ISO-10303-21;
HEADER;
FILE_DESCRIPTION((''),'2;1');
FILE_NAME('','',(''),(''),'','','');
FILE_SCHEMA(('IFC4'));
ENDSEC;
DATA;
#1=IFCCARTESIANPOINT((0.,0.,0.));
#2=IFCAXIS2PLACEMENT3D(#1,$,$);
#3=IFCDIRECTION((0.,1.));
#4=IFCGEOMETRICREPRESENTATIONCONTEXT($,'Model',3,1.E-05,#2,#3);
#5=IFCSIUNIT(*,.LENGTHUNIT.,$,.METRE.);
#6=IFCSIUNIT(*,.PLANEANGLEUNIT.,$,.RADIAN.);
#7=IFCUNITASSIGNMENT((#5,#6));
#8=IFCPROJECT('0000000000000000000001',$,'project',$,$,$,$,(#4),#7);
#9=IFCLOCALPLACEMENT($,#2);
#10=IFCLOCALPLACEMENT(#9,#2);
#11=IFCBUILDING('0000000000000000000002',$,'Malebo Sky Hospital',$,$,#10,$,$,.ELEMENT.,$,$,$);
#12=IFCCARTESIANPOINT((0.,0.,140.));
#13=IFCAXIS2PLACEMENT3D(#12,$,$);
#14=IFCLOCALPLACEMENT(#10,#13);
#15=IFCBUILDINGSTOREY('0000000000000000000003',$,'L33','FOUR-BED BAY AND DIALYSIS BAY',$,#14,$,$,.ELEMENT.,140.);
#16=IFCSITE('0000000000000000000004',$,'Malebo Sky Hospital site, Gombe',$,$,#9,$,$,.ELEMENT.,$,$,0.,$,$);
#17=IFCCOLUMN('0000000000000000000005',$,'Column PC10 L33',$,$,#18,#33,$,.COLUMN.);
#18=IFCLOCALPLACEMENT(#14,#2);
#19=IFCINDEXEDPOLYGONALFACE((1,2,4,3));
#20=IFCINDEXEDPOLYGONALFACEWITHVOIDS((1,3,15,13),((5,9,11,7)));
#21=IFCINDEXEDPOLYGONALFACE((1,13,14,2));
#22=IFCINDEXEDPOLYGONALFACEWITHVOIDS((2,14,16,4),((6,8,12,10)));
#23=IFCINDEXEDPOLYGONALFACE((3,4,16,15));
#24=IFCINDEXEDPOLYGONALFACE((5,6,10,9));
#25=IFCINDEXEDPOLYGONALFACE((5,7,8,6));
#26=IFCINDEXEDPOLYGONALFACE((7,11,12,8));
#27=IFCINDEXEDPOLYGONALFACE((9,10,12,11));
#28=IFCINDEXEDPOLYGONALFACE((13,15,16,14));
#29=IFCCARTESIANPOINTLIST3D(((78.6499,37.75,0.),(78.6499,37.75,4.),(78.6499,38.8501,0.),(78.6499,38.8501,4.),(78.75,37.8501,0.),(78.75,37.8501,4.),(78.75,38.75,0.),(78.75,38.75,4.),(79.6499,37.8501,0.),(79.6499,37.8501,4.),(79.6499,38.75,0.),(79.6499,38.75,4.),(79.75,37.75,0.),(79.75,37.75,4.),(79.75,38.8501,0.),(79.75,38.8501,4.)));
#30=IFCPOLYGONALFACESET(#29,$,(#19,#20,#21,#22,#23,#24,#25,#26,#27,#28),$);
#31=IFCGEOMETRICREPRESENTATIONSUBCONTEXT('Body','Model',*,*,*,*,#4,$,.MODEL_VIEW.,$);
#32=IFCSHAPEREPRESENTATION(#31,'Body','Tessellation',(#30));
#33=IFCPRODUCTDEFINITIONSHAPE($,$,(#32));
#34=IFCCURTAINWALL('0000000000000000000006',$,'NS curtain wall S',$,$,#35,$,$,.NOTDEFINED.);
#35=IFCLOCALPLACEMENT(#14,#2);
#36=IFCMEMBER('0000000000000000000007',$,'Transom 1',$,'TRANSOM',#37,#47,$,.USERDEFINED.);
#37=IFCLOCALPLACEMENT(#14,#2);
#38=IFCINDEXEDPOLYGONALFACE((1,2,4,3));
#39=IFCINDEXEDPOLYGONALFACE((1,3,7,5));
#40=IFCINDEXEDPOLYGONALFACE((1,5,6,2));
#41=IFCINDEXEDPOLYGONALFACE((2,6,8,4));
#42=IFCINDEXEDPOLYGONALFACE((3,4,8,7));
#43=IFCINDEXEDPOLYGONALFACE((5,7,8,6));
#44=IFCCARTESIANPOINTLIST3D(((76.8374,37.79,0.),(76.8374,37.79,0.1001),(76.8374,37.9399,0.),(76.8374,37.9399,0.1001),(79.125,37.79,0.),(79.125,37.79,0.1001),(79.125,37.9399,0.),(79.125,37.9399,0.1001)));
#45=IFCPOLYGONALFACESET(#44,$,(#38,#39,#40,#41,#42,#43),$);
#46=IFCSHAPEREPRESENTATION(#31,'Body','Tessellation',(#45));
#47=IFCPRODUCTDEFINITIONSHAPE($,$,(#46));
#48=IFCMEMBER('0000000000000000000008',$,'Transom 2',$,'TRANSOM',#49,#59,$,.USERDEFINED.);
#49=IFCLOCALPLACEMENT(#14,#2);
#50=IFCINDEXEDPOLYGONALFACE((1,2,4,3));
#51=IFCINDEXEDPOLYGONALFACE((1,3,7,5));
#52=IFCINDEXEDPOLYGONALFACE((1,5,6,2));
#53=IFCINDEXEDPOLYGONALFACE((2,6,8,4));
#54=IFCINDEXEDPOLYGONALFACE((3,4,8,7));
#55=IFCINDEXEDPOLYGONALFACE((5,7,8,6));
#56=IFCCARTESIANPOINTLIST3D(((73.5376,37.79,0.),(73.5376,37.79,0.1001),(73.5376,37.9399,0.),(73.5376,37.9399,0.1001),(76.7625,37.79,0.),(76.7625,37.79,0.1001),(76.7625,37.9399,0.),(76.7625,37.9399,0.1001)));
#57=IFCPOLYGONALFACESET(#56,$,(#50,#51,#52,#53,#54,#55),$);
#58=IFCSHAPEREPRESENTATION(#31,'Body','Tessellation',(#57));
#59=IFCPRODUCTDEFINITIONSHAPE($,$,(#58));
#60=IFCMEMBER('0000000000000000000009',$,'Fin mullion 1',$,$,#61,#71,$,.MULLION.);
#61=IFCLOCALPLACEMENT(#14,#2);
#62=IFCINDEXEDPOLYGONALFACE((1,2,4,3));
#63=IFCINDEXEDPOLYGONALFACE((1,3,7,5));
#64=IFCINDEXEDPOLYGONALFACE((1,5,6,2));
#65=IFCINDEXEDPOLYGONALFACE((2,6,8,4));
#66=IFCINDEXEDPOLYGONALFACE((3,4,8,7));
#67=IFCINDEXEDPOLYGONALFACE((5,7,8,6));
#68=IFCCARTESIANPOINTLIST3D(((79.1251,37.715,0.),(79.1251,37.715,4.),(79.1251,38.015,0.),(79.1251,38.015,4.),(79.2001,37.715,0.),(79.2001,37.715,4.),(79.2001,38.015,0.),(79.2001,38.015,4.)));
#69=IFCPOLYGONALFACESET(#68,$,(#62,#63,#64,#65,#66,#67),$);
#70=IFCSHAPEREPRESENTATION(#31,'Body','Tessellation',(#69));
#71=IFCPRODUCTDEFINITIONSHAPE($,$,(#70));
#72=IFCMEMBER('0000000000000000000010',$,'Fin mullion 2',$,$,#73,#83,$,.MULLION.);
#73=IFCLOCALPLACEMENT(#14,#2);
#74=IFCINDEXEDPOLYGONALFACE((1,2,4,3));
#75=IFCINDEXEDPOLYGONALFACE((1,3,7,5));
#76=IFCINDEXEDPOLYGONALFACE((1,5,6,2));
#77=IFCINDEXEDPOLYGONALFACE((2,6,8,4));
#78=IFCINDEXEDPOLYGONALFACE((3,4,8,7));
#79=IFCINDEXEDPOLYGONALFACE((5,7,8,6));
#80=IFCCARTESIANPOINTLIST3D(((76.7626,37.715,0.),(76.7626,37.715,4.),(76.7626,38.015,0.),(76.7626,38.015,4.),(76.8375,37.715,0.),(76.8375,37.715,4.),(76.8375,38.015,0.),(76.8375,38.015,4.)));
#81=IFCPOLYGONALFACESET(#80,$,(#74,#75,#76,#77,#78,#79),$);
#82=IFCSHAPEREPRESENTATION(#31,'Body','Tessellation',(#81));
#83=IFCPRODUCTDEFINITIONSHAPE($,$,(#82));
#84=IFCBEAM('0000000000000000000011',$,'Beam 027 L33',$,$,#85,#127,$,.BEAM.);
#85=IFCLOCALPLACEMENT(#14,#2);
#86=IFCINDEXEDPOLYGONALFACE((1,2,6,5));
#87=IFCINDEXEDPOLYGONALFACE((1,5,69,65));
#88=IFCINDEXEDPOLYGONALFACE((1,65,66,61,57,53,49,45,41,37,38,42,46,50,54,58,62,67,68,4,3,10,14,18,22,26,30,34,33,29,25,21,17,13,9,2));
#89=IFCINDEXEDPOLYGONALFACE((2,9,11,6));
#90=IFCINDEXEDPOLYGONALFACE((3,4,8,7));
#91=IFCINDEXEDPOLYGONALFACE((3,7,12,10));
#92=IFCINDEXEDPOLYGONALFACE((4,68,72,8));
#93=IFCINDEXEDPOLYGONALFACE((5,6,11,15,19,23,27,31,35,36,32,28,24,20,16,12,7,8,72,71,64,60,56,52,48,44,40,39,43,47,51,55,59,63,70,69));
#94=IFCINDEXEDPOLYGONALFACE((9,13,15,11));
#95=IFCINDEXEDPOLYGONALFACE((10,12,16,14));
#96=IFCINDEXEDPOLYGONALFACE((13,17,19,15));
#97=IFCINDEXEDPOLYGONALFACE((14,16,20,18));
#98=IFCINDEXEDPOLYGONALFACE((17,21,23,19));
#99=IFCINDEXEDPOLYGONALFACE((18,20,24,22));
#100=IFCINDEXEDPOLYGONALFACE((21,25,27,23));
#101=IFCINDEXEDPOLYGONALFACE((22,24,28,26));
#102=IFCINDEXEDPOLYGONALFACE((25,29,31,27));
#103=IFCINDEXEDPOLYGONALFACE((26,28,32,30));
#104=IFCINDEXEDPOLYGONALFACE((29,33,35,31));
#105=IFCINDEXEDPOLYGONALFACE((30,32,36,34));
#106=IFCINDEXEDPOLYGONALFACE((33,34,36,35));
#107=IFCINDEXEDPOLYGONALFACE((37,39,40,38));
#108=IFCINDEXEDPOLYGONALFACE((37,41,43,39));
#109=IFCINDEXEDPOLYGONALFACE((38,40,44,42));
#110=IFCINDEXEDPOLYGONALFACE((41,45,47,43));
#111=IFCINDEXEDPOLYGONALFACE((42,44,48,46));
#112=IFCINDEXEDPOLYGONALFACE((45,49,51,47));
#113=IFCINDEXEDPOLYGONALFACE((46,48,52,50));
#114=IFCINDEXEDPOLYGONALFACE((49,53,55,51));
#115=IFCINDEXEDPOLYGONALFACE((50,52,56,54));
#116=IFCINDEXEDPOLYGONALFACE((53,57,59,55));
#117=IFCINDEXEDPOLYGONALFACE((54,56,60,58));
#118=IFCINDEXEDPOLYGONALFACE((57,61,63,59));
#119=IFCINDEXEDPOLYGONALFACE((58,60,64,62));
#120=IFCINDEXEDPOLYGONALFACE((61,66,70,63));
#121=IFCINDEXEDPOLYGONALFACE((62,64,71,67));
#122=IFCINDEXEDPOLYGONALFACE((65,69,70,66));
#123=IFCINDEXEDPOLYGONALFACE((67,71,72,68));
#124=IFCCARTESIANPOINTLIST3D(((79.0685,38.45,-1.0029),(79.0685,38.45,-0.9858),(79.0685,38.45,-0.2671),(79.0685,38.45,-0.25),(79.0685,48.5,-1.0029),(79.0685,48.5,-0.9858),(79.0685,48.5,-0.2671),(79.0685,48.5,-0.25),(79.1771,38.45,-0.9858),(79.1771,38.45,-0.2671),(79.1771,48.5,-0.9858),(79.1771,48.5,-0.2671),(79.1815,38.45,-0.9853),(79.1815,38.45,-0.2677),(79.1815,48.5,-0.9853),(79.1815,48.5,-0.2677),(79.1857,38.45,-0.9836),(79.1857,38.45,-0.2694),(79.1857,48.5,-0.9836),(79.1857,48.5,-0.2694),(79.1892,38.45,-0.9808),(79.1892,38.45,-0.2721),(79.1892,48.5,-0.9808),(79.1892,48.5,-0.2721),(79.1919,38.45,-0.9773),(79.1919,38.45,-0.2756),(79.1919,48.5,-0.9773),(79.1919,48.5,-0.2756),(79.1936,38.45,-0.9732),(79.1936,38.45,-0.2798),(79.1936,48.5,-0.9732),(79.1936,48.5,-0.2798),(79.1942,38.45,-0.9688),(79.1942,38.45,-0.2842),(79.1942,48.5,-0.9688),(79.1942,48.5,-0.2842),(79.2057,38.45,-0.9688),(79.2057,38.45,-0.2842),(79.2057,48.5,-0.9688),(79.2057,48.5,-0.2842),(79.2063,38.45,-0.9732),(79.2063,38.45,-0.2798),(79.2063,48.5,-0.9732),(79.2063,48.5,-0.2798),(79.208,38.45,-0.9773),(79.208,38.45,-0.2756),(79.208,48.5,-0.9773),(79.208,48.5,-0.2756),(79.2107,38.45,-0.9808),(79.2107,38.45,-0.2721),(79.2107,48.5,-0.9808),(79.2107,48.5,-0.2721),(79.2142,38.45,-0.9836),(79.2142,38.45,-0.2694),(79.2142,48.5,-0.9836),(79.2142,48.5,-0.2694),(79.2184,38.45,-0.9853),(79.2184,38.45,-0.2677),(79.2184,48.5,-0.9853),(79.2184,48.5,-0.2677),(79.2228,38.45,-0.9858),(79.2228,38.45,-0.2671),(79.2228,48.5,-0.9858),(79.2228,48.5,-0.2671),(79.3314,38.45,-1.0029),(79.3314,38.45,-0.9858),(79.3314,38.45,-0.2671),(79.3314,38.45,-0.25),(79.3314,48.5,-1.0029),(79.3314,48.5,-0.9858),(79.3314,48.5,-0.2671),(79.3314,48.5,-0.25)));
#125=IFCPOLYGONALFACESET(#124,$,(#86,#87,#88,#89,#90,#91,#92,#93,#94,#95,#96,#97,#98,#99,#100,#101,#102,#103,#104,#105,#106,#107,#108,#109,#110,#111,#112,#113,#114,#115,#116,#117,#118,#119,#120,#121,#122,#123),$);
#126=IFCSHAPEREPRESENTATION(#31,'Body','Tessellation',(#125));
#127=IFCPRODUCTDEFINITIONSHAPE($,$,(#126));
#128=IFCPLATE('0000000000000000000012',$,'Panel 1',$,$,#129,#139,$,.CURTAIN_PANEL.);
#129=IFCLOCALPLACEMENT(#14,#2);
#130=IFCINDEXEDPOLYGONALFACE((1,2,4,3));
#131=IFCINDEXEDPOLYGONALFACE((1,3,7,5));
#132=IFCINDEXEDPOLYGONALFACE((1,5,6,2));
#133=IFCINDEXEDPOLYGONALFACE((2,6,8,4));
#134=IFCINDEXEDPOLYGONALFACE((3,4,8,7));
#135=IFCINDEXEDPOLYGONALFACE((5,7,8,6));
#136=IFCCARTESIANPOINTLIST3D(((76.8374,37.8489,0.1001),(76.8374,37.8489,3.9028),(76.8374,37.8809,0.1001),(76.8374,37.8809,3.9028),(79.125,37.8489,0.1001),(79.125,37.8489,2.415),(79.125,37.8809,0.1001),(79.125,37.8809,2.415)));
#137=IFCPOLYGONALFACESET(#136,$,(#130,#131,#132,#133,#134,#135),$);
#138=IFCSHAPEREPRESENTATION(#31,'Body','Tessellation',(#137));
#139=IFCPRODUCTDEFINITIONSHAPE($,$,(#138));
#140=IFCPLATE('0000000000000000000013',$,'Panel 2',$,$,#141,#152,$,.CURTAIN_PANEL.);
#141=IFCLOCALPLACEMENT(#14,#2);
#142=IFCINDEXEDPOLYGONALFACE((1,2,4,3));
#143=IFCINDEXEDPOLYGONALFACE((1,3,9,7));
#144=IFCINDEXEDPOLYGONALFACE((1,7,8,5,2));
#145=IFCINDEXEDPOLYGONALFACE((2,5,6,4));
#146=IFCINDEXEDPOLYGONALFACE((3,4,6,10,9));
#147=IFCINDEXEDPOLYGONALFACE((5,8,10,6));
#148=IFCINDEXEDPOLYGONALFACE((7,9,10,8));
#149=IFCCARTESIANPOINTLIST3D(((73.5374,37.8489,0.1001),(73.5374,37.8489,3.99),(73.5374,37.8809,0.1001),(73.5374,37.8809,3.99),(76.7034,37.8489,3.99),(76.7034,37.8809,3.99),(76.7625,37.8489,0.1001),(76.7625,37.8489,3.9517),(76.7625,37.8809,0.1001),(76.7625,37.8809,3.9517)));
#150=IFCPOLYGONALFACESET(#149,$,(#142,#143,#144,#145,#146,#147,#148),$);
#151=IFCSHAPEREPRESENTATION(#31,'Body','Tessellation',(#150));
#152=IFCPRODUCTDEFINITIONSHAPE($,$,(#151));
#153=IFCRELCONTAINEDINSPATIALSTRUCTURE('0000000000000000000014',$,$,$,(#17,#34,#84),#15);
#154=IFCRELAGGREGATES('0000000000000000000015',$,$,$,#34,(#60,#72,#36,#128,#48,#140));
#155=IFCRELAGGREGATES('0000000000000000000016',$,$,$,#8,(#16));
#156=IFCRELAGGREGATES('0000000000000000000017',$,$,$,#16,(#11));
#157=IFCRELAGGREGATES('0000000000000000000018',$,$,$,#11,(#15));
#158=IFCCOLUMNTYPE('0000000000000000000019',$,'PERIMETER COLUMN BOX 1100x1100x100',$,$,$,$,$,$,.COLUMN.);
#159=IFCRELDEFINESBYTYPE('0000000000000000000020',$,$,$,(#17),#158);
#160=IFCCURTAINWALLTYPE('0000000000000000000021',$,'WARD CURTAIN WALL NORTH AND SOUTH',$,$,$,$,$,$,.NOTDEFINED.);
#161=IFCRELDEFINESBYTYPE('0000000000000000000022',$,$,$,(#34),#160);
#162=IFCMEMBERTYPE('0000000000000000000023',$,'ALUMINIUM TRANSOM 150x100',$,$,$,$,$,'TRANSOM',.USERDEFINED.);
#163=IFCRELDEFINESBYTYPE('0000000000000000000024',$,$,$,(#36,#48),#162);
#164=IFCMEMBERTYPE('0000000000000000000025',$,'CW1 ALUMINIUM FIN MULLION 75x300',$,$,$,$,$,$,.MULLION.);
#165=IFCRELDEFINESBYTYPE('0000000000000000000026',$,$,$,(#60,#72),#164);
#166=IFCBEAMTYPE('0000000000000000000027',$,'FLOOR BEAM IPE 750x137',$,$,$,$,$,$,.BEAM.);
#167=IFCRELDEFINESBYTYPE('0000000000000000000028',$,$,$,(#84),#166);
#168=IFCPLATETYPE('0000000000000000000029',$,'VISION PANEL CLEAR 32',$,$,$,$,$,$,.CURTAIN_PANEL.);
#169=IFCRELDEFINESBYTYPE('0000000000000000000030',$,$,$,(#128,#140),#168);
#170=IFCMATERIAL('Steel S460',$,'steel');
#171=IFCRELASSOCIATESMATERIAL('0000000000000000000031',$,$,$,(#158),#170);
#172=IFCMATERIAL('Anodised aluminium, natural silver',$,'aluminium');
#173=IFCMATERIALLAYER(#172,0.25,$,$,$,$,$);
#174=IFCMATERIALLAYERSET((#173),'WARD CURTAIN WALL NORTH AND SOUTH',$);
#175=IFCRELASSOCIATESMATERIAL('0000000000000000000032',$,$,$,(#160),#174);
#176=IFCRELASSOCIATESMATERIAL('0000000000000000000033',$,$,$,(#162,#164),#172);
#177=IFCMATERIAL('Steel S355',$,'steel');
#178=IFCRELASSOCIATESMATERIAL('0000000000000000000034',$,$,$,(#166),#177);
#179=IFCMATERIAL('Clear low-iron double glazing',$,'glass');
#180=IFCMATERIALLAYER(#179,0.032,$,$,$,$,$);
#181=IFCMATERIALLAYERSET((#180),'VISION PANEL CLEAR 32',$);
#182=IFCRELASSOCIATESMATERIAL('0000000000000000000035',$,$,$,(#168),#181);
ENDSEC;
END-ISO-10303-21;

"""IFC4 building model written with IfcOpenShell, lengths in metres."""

from ifc_helpers import new_model, si_unit, direction, frame, origin, origin_2d, place, context, subcontext, project, spatial, polyline, rectangle, hollow_rectangle, i_section, outline, extrude, material, layer, layer_set, material_profile, profile_set, type_object, element, aggregate, save


model = new_model("IFC4")

# Units and contexts
model_context = context("Model", 3, precision=1e-05, world=origin(), true_north=direction((0.0, 1.0)))
body_context = subcontext(model_context, "Body", "Model", "MODEL_VIEW")
ifc_project = project(units=[si_unit("LENGTHUNIT", "METRE"), si_unit("PLANEANGLEUNIT", "RADIAN")], contexts=[model_context])

# Site, building, storey
site_placement = place(None, origin())
site = spatial("IfcSite", under=ifc_project, at=site_placement, Name="Malebo Sky Hospital site, Gombe", CompositionType="ELEMENT", RefElevation=0.0)
building_placement = place(site_placement, origin())
building = spatial("IfcBuilding", under=site, at=building_placement, Name="Malebo Sky Hospital", CompositionType="ELEMENT")
storey_placement = place(building_placement, frame((0.0, 0.0, 140.0)))
storey = spatial("IfcBuildingStorey", under=building, at=storey_placement, Name="L33", Description="FOUR-BED BAY AND DIALYSIS BAY", CompositionType="ELEMENT", Elevation=140.0)

# Column
ifc_material_1 = material(Name="Steel S460", Category="steel")
ifc_material_profile_1 = material_profile(ifc_material_1, hollow_rectangle(XDim=1.1001, YDim=1.1001, WallThickness=0.1001, at=origin_2d()), Name="BOX 1100x1100x100")
ifc_profile_set_1 = profile_set([ifc_material_profile_1], Name="Steel S460")
column_type = type_object("IfcColumnType", Name="PERIMETER COLUMN BOX 1100x1100x100", PredefinedType="COLUMN", material=ifc_profile_set_1)
column_placement = place(storey_placement, frame((79.2, 38.3, 0.0), z_axis=(0.0, 0.0, 1.0), x_axis=(1.0, 0.0, 0.0)))
element("IfcColumn", 1, at=column_placement, inside=storey, type_object=column_type, Name="Column PC10 L33", PredefinedType="COLUMN", context=body_context, shape_type="SweptSolid", body=[
    extrude(hollow_rectangle(XDim=1.1001, YDim=1.1001, WallThickness=0.1001, at=origin_2d()), origin(), (0.0, 0.0, 1.0), 4.0),
])

# Curtain wall, members
ifc_material_2 = material(Name="Anodised aluminium, natural silver", Category="aluminium")
ifc_layer_1 = layer(ifc_material_2, 0.25)
ifc_layer_set_1 = layer_set([ifc_layer_1], Name="WARD CURTAIN WALL NORTH AND SOUTH")
curtain_wall_type = type_object("IfcCurtainWallType", Name="WARD CURTAIN WALL NORTH AND SOUTH", PredefinedType="NOTDEFINED", material=ifc_layer_set_1)
curtain_wall_placement = place(storey_placement, origin())
curtain_wall = element("IfcCurtainWall", 2, at=curtain_wall_placement, inside=storey, type_object=curtain_wall_type, Name="NS curtain wall S", PredefinedType="NOTDEFINED")
ifc_material_profile_2 = material_profile(ifc_material_2, rectangle(XDim=0.1499, YDim=0.1001, at=origin_2d()), Name="ALUMINIUM TRANSOM 150x100")
ifc_profile_set_2 = profile_set([ifc_material_profile_2], Name="Anodised aluminium, natural silver")
member_type_1 = type_object("IfcMemberType", Name="ALUMINIUM TRANSOM 150x100", ElementType="TRANSOM", PredefinedType="USERDEFINED", material=ifc_profile_set_2)
member_1_placement = place(storey_placement, frame((79.125, 37.865, 0.05), z_axis=(-1.0, 0.0, 0.0), x_axis=(0.0, -1.0, 0.0)))
member_1 = element("IfcMember", 3, at=member_1_placement, type_object=member_type_1, Name="Transom 1", ObjectType="TRANSOM", PredefinedType="USERDEFINED", context=body_context, shape_type="SweptSolid", body=[
    extrude(rectangle(XDim=0.1499, YDim=0.1001, at=origin_2d()), origin(), (0.0, 0.0, 1.0), 2.2876),
])
member_2_placement = place(storey_placement, frame((76.7625, 37.865, 0.05), z_axis=(-1.0, 0.0, 0.0), x_axis=(0.0, -1.0, 0.0)))
member_2 = element("IfcMember", 4, at=member_2_placement, type_object=member_type_1, Name="Transom 2", ObjectType="TRANSOM", PredefinedType="USERDEFINED", context=body_context, shape_type="SweptSolid", body=[
    extrude(rectangle(XDim=0.1499, YDim=0.1001, at=origin_2d()), origin(), (0.0, 0.0, 1.0), 3.2249),
])
ifc_material_profile_3 = material_profile(ifc_material_2, rectangle(XDim=0.075, YDim=0.3, at=origin_2d()), Name="CW1 ALUMINIUM FIN MULLION 75x300")
ifc_profile_set_3 = profile_set([ifc_material_profile_3], Name="Anodised aluminium, natural silver")
member_type_2 = type_object("IfcMemberType", Name="CW1 ALUMINIUM FIN MULLION 75x300", PredefinedType="MULLION", material=ifc_profile_set_3)
member_3_placement = place(storey_placement, frame((79.1626, 37.865, 0.0), z_axis=(0.0, 0.0, 1.0), x_axis=(-1.0, 0.0, 0.0)))
member_3 = element("IfcMember", 5, at=member_3_placement, type_object=member_type_2, Name="Fin mullion 1", PredefinedType="MULLION", context=body_context, shape_type="SweptSolid", body=[
    extrude(rectangle(XDim=0.075, YDim=0.3, at=origin_2d()), origin(), (0.0, 0.0, 1.0), 4.0),
])
member_4_placement = place(storey_placement, frame((76.8, 37.865, 0.0), z_axis=(0.0, 0.0, 1.0), x_axis=(-1.0, 0.0, 0.0)))
member_4 = element("IfcMember", 6, at=member_4_placement, type_object=member_type_2, Name="Fin mullion 2", PredefinedType="MULLION", context=body_context, shape_type="SweptSolid", body=[
    extrude(rectangle(XDim=0.075, YDim=0.3, at=origin_2d()), origin(), (0.0, 0.0, 1.0), 4.0),
])

# Beam
ifc_material_3 = material(Name="Steel S355", Category="steel")
ifc_material_profile_4 = material_profile(ifc_material_3, i_section(OverallWidth=0.2629, OverallDepth=0.7529, WebThickness=0.0115, FlangeThickness=0.0171, FilletRadius=0.0171, at=origin_2d()), Name="IPE 750x137")
ifc_profile_set_4 = profile_set([ifc_material_profile_4], Name="Steel S355")
beam_type = type_object("IfcBeamType", Name="FLOOR BEAM IPE 750x137", PredefinedType="BEAM", material=ifc_profile_set_4)
beam_placement = place(storey_placement, frame((79.2, 38.45, -0.6265), z_axis=(0.0, 1.0, 0.0), x_axis=(-1.0, 0.0, 0.0)))
element("IfcBeam", 7, at=beam_placement, inside=storey, type_object=beam_type, Name="Beam 027 L33", PredefinedType="BEAM", context=body_context, shape_type="SweptSolid", body=[
    extrude(i_section(OverallWidth=0.2629, OverallDepth=0.7529, WebThickness=0.0115, FlangeThickness=0.0171, FilletRadius=0.0171, at=origin_2d()), origin(), (0.0, 0.0, 1.0), 10.05),
])

# Plates
ifc_material_4 = material(Name="Clear low-iron double glazing", Category="glass")
ifc_layer_2 = layer(ifc_material_4, 0.032)
ifc_layer_set_2 = layer_set([ifc_layer_2], Name="VISION PANEL CLEAR 32")
plate_type = type_object("IfcPlateType", Name="VISION PANEL CLEAR 32", PredefinedType="CURTAIN_PANEL", material=ifc_layer_set_2)
plate_1_placement = place(storey_placement, frame((77.9812, 37.865, 0.1001), z_axis=(0.0, 0.0, 1.0), x_axis=(-1.0, 0.0, 0.0)))
plate_1 = element("IfcPlate", 8, at=plate_1_placement, type_object=plate_type, Name="Panel 1", PredefinedType="CURTAIN_PANEL", context=body_context, shape_type="SweptSolid", body=[
    extrude(outline(polyline([(-1.1438, 0.0), (1.1438, 0.0), (1.1438, 3.8027), (-1.1438, 2.3149), (-1.1438, 0.0)])), frame((0.0, 0.0161, 0.0), z_axis=(0.0, -1.0, 0.0), x_axis=(1.0, 0.0, 0.0)), (0.0, 0.0, 1.0), 0.032),
])
plate_2_placement = place(storey_placement, frame((75.1499, 37.865, 0.1001), z_axis=(0.0, 0.0, 1.0), x_axis=(-1.0, 0.0, 0.0)))
plate_2 = element("IfcPlate", 9, at=plate_2_placement, type_object=plate_type, Name="Panel 2", PredefinedType="CURTAIN_PANEL", context=body_context, shape_type="SweptSolid", body=[
    extrude(outline(polyline([(-1.6125, 0.0), (1.6125, 0.0), (1.6125, 3.8899), (-1.5535, 3.8899), (-1.6125, 3.8516), (-1.6125, 0.0)])), frame((0.0, 0.0161, 0.0), z_axis=(0.0, -1.0, 0.0), x_axis=(1.0, 0.0, 0.0)), (0.0, 0.0, 1.0), 0.032),
])
aggregate(curtain_wall, [member_3, member_4, member_1, plate_1, member_2, plate_2])

save(model, "model.ifc")
